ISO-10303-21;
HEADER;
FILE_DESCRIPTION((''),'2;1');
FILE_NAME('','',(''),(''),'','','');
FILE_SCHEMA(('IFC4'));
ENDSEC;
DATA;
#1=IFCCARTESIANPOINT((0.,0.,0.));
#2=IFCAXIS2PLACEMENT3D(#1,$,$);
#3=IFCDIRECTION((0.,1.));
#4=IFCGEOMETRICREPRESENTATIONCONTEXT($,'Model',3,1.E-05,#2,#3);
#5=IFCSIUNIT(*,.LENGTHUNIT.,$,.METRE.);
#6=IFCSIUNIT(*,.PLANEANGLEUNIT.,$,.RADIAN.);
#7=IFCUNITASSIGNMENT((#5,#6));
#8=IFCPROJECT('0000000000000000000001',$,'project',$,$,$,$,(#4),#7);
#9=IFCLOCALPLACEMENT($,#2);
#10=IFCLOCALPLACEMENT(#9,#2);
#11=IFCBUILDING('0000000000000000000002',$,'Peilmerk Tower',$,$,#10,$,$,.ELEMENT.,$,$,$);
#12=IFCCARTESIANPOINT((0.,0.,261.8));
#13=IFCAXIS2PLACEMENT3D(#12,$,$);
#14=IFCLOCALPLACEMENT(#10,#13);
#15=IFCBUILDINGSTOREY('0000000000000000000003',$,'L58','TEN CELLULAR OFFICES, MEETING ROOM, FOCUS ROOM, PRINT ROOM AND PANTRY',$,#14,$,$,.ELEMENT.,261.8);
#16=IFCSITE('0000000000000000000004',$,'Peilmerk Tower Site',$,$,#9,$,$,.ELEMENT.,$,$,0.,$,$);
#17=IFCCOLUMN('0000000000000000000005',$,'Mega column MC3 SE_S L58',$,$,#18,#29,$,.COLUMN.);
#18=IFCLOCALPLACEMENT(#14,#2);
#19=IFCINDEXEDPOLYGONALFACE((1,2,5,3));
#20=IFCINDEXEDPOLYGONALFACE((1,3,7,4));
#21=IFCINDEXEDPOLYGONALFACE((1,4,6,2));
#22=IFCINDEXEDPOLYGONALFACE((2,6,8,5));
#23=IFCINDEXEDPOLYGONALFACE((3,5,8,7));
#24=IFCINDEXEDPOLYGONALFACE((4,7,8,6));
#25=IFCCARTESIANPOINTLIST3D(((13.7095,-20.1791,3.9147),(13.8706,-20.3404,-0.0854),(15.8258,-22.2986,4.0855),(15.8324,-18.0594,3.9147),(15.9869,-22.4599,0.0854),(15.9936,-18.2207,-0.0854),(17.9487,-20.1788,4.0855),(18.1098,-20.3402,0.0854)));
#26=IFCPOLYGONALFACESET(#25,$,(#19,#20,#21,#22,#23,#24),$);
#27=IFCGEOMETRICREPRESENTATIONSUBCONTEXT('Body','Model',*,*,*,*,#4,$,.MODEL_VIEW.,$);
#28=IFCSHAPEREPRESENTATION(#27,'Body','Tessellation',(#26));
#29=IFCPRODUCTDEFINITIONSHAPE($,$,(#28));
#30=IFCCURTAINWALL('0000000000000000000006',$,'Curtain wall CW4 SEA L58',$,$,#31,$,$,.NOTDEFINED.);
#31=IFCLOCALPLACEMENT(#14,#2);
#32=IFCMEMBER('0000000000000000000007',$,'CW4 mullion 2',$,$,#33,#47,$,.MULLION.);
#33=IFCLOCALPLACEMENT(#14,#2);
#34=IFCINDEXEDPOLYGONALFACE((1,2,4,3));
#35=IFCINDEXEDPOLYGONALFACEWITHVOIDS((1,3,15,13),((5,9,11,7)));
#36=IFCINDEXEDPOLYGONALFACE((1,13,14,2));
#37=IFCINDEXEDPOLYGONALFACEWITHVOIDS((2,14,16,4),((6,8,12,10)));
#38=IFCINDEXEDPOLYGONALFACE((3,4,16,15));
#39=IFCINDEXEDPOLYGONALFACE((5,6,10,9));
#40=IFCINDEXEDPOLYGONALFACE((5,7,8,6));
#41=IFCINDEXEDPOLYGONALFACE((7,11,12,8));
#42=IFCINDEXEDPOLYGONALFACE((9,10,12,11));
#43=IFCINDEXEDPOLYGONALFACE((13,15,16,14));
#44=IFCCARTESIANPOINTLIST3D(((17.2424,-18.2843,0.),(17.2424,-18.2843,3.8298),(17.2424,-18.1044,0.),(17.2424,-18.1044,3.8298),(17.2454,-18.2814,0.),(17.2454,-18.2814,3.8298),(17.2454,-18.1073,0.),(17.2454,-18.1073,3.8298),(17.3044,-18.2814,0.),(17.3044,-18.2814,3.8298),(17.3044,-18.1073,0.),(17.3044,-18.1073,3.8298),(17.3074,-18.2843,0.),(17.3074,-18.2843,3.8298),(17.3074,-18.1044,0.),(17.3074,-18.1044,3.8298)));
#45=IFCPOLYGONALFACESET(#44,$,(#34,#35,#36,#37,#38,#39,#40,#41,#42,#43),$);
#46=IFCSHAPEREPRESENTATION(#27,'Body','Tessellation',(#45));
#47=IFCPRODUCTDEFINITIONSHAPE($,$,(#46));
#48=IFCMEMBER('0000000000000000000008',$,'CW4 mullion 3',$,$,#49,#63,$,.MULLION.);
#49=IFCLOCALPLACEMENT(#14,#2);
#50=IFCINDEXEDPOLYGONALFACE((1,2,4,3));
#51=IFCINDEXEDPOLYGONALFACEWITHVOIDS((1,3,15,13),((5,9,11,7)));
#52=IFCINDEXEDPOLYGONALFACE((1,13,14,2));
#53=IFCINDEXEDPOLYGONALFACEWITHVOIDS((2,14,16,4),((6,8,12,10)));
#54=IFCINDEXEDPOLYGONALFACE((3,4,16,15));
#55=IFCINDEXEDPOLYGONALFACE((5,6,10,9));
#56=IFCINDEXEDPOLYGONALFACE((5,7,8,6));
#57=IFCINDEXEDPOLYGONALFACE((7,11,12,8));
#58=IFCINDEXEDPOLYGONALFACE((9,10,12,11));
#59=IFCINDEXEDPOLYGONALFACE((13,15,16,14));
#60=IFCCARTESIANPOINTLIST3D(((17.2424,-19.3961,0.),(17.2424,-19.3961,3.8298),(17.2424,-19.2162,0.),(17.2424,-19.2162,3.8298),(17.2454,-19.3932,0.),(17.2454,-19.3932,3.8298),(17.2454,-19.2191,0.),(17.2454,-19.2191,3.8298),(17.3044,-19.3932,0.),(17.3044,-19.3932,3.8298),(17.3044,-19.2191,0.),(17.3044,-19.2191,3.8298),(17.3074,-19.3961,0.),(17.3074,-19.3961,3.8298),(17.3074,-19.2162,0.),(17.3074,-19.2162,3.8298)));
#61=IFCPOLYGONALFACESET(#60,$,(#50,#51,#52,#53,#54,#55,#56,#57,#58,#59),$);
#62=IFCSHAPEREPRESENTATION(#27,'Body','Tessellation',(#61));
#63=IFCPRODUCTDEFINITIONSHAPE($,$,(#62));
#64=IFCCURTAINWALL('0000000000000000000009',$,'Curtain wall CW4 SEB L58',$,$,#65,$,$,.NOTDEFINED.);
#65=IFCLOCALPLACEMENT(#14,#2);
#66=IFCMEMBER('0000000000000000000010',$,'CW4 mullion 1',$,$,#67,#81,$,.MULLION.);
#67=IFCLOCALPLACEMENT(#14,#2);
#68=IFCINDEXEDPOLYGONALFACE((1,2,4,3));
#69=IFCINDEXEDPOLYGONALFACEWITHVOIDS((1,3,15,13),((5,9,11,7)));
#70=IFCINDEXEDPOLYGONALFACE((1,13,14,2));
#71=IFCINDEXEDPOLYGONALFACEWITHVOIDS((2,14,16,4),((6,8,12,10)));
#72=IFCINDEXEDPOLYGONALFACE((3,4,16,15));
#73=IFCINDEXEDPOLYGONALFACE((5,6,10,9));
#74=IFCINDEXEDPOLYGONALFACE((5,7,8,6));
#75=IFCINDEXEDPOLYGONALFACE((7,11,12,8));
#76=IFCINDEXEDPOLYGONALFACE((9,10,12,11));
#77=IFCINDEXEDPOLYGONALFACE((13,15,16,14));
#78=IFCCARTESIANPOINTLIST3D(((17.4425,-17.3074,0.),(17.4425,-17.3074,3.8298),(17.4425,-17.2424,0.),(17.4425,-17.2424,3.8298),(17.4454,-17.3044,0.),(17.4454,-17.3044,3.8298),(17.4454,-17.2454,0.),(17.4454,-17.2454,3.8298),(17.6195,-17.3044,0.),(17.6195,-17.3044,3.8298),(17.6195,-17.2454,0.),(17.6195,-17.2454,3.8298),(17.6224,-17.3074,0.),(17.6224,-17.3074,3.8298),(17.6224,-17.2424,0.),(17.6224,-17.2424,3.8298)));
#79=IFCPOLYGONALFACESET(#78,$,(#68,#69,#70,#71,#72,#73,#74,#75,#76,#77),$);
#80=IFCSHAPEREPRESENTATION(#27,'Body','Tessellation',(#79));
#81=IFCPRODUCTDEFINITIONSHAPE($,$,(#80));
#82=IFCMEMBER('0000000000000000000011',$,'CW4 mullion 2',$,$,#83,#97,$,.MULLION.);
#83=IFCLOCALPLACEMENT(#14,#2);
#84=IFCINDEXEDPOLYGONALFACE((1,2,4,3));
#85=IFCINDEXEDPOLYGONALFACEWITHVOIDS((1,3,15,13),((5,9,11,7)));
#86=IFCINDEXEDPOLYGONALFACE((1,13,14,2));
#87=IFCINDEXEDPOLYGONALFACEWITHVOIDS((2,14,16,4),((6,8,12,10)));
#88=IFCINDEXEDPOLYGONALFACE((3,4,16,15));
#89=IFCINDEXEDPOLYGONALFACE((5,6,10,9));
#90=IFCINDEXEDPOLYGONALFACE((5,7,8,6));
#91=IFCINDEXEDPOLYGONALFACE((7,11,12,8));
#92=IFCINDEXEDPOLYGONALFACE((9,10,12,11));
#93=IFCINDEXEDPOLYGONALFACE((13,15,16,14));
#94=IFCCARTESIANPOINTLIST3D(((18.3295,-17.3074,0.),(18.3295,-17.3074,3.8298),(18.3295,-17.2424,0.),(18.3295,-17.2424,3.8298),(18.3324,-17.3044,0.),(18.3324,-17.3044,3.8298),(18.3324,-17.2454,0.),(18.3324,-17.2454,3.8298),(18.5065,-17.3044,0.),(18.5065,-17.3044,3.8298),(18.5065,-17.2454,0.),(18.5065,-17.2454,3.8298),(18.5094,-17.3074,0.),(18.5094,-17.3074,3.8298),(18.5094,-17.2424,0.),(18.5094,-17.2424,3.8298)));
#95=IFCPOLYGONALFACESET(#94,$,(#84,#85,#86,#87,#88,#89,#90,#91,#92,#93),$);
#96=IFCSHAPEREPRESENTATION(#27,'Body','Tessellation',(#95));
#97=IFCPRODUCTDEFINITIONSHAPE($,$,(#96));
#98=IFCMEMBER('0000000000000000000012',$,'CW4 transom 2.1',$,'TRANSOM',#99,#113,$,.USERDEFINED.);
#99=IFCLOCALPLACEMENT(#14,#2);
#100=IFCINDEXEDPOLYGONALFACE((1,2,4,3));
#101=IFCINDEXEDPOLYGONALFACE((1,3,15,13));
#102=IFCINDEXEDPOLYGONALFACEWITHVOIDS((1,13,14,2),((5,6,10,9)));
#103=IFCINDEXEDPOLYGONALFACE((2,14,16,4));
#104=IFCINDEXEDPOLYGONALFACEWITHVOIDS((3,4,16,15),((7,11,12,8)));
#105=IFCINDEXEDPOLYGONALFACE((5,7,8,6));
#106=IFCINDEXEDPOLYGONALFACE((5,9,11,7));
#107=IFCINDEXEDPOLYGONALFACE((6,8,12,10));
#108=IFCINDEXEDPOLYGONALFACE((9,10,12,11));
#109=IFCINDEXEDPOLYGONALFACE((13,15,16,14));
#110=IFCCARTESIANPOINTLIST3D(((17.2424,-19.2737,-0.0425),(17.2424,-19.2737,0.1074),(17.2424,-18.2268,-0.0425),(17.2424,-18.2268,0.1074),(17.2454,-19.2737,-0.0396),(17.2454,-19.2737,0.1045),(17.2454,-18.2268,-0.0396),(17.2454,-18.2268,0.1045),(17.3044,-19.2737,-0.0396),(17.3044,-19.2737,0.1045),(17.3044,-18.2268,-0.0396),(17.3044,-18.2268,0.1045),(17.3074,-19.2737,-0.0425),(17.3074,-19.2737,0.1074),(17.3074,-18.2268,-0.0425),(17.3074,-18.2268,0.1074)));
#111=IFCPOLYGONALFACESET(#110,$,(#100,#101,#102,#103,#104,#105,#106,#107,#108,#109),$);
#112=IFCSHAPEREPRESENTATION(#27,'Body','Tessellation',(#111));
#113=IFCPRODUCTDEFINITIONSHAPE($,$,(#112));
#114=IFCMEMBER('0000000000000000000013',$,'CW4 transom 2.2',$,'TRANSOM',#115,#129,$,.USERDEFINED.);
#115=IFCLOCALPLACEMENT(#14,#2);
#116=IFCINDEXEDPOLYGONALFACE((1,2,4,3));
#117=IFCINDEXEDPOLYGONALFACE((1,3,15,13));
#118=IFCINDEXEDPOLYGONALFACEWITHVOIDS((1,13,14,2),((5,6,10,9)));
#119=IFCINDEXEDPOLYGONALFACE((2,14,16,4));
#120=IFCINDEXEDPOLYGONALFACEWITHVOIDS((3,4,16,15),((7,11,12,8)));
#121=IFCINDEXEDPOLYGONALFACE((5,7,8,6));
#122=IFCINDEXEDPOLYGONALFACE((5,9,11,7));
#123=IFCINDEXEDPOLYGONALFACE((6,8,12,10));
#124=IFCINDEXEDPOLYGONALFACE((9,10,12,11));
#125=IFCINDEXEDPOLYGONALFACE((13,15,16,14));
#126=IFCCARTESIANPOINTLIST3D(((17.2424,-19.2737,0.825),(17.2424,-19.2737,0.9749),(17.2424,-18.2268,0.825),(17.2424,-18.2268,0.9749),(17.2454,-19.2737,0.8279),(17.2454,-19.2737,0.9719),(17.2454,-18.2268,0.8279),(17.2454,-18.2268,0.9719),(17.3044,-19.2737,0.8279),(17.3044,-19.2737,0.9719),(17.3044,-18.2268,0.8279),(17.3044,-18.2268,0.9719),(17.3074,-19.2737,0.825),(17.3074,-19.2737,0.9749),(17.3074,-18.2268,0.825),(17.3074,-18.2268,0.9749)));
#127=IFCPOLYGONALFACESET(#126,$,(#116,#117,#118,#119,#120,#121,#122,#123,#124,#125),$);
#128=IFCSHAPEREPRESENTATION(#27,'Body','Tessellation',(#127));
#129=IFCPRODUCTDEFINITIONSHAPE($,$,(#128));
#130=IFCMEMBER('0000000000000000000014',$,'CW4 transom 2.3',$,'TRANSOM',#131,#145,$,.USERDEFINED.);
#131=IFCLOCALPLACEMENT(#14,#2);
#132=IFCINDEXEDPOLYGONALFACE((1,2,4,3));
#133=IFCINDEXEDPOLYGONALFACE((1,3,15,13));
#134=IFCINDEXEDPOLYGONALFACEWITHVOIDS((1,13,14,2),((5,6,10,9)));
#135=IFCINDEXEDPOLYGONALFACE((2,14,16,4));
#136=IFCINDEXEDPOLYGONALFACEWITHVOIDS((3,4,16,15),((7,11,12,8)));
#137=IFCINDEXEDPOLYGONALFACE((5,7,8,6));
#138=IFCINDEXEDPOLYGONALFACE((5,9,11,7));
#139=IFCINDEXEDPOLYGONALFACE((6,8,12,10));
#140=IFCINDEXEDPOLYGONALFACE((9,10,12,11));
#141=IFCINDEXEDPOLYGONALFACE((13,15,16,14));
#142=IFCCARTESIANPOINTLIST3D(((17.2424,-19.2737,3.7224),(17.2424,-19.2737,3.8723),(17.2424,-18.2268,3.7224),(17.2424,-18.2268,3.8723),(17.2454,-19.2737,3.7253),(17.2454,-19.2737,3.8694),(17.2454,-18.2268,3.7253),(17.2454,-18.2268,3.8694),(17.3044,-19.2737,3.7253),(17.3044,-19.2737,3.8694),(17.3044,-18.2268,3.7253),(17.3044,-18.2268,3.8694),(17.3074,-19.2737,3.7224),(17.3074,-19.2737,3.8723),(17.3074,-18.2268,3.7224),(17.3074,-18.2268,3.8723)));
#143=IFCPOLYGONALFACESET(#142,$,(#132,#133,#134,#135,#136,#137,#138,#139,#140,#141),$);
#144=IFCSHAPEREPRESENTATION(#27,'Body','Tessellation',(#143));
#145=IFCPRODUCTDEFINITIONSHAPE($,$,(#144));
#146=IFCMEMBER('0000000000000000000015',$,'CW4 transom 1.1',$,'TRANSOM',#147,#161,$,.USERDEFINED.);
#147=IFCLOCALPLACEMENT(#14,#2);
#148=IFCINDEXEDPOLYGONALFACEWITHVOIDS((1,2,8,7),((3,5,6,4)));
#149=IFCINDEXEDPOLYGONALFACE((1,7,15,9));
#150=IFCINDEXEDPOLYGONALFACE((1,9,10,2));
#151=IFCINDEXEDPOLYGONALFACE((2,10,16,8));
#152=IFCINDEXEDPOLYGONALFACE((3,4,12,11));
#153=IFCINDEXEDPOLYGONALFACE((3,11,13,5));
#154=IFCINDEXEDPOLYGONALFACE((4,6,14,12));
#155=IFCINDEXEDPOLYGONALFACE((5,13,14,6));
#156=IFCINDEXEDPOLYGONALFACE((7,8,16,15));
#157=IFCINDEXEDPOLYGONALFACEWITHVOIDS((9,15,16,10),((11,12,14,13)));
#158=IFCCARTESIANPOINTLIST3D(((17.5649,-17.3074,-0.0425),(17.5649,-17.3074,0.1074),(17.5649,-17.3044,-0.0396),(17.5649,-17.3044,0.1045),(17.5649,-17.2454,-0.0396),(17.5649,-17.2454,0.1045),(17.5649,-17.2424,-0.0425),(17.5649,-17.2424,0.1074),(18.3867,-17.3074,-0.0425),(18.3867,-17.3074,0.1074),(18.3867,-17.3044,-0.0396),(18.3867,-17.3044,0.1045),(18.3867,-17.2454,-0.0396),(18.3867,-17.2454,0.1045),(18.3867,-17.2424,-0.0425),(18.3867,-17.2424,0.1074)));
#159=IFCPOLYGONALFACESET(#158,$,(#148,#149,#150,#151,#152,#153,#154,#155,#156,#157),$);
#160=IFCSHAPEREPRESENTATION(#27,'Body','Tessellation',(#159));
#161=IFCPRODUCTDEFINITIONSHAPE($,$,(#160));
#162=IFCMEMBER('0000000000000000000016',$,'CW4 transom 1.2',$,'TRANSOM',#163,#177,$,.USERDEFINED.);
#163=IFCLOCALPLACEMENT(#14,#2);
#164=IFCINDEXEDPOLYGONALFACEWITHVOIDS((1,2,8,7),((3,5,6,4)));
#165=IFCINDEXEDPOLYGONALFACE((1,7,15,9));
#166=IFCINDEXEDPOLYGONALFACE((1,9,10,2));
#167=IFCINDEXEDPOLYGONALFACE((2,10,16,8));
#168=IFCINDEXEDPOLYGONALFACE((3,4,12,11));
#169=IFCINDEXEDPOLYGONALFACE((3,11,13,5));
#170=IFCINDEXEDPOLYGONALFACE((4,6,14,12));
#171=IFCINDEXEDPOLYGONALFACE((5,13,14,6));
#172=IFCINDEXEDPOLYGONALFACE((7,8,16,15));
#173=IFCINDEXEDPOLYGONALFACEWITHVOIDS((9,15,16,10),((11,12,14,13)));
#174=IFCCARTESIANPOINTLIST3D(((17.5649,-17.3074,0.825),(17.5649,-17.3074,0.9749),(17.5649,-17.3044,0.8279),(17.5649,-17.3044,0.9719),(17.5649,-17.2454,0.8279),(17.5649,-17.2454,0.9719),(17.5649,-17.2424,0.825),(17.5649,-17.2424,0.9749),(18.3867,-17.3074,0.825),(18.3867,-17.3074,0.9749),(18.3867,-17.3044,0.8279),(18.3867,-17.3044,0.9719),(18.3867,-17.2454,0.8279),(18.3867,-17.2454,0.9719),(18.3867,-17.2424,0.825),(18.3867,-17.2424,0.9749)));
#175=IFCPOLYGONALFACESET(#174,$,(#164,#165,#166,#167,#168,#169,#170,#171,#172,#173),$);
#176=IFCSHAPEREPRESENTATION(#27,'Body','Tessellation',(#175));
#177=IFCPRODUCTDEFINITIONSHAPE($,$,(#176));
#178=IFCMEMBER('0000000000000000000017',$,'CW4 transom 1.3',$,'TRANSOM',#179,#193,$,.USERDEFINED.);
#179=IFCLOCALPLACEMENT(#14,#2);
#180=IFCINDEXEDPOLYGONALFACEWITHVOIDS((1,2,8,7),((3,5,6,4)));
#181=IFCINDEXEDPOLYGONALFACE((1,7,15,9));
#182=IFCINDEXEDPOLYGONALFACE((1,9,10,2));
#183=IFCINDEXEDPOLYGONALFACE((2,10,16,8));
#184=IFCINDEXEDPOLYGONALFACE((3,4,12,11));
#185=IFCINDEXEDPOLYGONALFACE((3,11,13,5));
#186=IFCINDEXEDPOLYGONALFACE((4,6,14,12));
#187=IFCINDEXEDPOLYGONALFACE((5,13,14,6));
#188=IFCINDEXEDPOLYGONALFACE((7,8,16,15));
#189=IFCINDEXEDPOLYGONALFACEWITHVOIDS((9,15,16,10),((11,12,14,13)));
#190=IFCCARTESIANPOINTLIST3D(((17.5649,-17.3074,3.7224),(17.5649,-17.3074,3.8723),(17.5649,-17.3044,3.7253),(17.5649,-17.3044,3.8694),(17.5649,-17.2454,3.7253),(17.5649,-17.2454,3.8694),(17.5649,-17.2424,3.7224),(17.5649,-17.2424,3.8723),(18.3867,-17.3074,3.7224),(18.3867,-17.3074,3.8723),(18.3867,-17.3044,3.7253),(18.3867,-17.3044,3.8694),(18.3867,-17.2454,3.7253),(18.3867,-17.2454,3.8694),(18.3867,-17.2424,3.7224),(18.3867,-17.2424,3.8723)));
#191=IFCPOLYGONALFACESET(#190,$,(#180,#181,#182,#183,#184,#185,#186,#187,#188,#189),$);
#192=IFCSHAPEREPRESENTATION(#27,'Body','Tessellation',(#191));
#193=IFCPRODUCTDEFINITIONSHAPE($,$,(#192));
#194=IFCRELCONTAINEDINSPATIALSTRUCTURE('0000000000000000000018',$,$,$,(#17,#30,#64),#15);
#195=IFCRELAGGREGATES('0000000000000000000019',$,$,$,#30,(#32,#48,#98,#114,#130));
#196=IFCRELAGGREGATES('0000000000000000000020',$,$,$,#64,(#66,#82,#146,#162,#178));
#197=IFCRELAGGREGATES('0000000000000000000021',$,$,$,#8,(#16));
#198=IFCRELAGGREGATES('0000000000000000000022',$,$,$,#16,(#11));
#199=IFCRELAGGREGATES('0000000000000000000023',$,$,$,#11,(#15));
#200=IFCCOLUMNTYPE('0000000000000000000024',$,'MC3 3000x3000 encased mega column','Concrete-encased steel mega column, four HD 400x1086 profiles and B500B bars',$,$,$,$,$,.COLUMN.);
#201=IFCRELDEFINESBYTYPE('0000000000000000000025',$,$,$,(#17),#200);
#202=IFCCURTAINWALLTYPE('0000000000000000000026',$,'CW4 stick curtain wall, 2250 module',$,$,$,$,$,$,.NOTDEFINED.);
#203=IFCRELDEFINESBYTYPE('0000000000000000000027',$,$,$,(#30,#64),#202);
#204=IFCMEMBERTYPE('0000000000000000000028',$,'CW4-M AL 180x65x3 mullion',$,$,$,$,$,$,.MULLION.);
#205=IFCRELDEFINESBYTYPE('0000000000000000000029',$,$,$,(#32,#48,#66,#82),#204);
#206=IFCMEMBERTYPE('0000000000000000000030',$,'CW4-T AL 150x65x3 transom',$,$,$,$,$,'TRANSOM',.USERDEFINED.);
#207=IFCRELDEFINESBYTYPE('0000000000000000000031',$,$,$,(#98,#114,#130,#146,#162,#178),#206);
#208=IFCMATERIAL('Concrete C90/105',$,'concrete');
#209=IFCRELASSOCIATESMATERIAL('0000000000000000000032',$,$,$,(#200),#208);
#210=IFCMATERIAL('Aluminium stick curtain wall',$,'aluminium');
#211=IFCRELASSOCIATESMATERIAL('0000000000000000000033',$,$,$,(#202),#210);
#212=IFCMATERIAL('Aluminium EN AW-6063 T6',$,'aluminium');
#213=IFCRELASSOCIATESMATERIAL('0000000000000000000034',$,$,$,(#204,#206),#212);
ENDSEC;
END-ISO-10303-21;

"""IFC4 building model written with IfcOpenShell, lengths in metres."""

from ifc_helpers import new_model, si_unit, direction, frame, origin, origin_2d, place, context, subcontext, project, spatial, rectangle, hollow_rectangle, extrude, material, material_profile, profile_set, type_object, element, aggregate, save


model = new_model("IFC4")

# Units and contexts
model_context = context("Model", 3, precision=1e-05, world=origin(), true_north=direction((0.0, 1.0)))
body_context = subcontext(model_context, "Body", "Model", "MODEL_VIEW")
ifc_project = project(units=[si_unit("LENGTHUNIT", "METRE"), si_unit("PLANEANGLEUNIT", "RADIAN")], contexts=[model_context])

# Site, building, storey
site_placement = place(None, origin())
site = spatial("IfcSite", under=ifc_project, at=site_placement, Name="Peilmerk Tower Site", CompositionType="ELEMENT", RefElevation=0.0)
building_placement = place(site_placement, origin())
building = spatial("IfcBuilding", under=site, at=building_placement, Name="Peilmerk Tower", CompositionType="ELEMENT")
storey_placement = place(building_placement, frame((0.0, 0.0, 261.8)))
storey = spatial("IfcBuildingStorey", under=building, at=storey_placement, Name="L58", Description="TEN CELLULAR OFFICES, MEETING ROOM, FOCUS ROOM, PRINT ROOM AND PANTRY", CompositionType="ELEMENT", Elevation=261.8)

# Column
ifc_material_1 = material(Name="Concrete C90/105", Category="concrete")
ifc_material_profile_1 = material_profile(ifc_material_1, rectangle(XDim=3.0, YDim=3.0, at=origin_2d()), Name="RC 3000x3000")
ifc_profile_set_1 = profile_set([ifc_material_profile_1], Name="Concrete C90/105")
column_type = type_object("IfcColumnType", Name="MC3 3000x3000 encased mega column", Description="Concrete-encased steel mega column, four HD 400x1086 profiles and B500B bars", PredefinedType="COLUMN", material=ifc_profile_set_1)
column_placement = place(storey_placement, frame((15.9902, -20.3403, 0.0), z_axis=(-0.040218, 0.040279, 0.998379), x_axis=(-0.707642, -0.706571, 0.0)))
element("IfcColumn", 1, at=column_placement, inside=storey, type_object=column_type, Name="Mega column MC3 SE_S L58", PredefinedType="COLUMN", context=body_context, shape_type="SweptSolid", body=[
    extrude(rectangle(XDim=3.0, YDim=3.0, at=origin_2d()), origin(), (0.0, 0.0, 1.0), 4.0066),
])

# Curtain walls, members
ifc_material_2 = material(Name="Aluminium stick curtain wall", Category="aluminium")
curtain_wall_type = type_object("IfcCurtainWallType", Name="CW4 stick curtain wall, 2250 module", PredefinedType="NOTDEFINED", material=ifc_material_2)
curtain_wall_1_placement = place(storey_placement, origin())
curtain_wall_1 = element("IfcCurtainWall", 2, at=curtain_wall_1_placement, inside=storey, type_object=curtain_wall_type, Name="Curtain wall CW4 SEA L58", PredefinedType="NOTDEFINED")
ifc_material_3 = material(Name="Aluminium EN AW-6063 T6", Category="aluminium")
ifc_material_profile_2 = material_profile(ifc_material_3, hollow_rectangle(XDim=0.0649, YDim=0.1799, WallThickness=0.0029, at=origin_2d()), Name="AL 180x65x3")
ifc_profile_set_2 = profile_set([ifc_material_profile_2], Name="Aluminium EN AW-6063 T6")
member_type_1 = type_object("IfcMemberType", Name="CW4-M AL 180x65x3 mullion", PredefinedType="MULLION", material=ifc_profile_set_2)
member_1_placement = place(storey_placement, frame((17.2749, -18.1943, 0.0), z_axis=(0.0, 0.0, 1.0), x_axis=(1.0, 0.0, 0.0)))
member_1 = element("IfcMember", 3, at=member_1_placement, type_object=member_type_1, Name="CW4 mullion 2", PredefinedType="MULLION", context=body_context, shape_type="SweptSolid", body=[
    extrude(hollow_rectangle(XDim=0.0649, YDim=0.1799, WallThickness=0.0029, at=origin_2d()), origin(), (0.0, 0.0, 1.0), 3.8298),
])
member_2_placement = place(storey_placement, frame((17.2749, -19.3062, 0.0), z_axis=(0.0, 0.0, 1.0), x_axis=(1.0, 0.0, 0.0)))
member_2 = element("IfcMember", 4, at=member_2_placement, type_object=member_type_1, Name="CW4 mullion 3", PredefinedType="MULLION", context=body_context, shape_type="SweptSolid", body=[
    extrude(hollow_rectangle(XDim=0.0649, YDim=0.1799, WallThickness=0.0029, at=origin_2d()), origin(), (0.0, 0.0, 1.0), 3.8298),
])
curtain_wall_2_placement = place(storey_placement, origin())
curtain_wall_2 = element("IfcCurtainWall", 5, at=curtain_wall_2_placement, inside=storey, type_object=curtain_wall_type, Name="Curtain wall CW4 SEB L58", PredefinedType="NOTDEFINED")
member_3_placement = place(storey_placement, frame((17.5325, -17.2749, 0.0), z_axis=(0.0, 0.0, 1.0), x_axis=(0.0, 1.0, 0.0)))
member_3 = element("IfcMember", 6, at=member_3_placement, type_object=member_type_1, Name="CW4 mullion 1", PredefinedType="MULLION", context=body_context, shape_type="SweptSolid", body=[
    extrude(hollow_rectangle(XDim=0.0649, YDim=0.1799, WallThickness=0.0029, at=origin_2d()), origin(), (0.0, 0.0, 1.0), 3.8298),
])
member_4_placement = place(storey_placement, frame((18.4194, -17.2749, 0.0), z_axis=(0.0, 0.0, 1.0), x_axis=(0.0, 1.0, 0.0)))
member_4 = element("IfcMember", 7, at=member_4_placement, type_object=member_type_1, Name="CW4 mullion 2", PredefinedType="MULLION", context=body_context, shape_type="SweptSolid", body=[
    extrude(hollow_rectangle(XDim=0.0649, YDim=0.1799, WallThickness=0.0029, at=origin_2d()), origin(), (0.0, 0.0, 1.0), 3.8298),
])

# Members
ifc_material_profile_3 = material_profile(ifc_material_3, hollow_rectangle(XDim=0.0649, YDim=0.1499, WallThickness=0.0029, at=origin_2d()), Name="AL 150x65x3")
ifc_profile_set_3 = profile_set([ifc_material_profile_3], Name="Aluminium EN AW-6063 T6")
member_type_2 = type_object("IfcMemberType", Name="CW4-T AL 150x65x3 transom", ElementType="TRANSOM", PredefinedType="USERDEFINED", material=ifc_profile_set_3)
member_5_placement = place(storey_placement, frame((17.2749, -18.2268, 0.0325), z_axis=(0.0, -1.0, 0.0), x_axis=(1.0, 0.0, 0.0)))
member_5 = element("IfcMember", 8, at=member_5_placement, type_object=member_type_2, Name="CW4 transom 2.1", ObjectType="TRANSOM", PredefinedType="USERDEFINED", context=body_context, shape_type="SweptSolid", body=[
    extrude(hollow_rectangle(XDim=0.0649, YDim=0.1499, WallThickness=0.0029, at=origin_2d()), origin(), (0.0, 0.0, 1.0), 1.0469),
])
member_6_placement = place(storey_placement, frame((17.2749, -18.2268, 0.8999), z_axis=(0.0, -1.0, 0.0), x_axis=(1.0, 0.0, 0.0)))
member_6 = element("IfcMember", 9, at=member_6_placement, type_object=member_type_2, Name="CW4 transom 2.2", ObjectType="TRANSOM", PredefinedType="USERDEFINED", context=body_context, shape_type="SweptSolid", body=[
    extrude(hollow_rectangle(XDim=0.0649, YDim=0.1499, WallThickness=0.0029, at=origin_2d()), origin(), (0.0, 0.0, 1.0), 1.0469),
])
member_7_placement = place(storey_placement, frame((17.2749, -18.2268, 3.7974), z_axis=(0.0, -1.0, 0.0), x_axis=(1.0, 0.0, 0.0)))
member_7 = element("IfcMember", 10, at=member_7_placement, type_object=member_type_2, Name="CW4 transom 2.3", ObjectType="TRANSOM", PredefinedType="USERDEFINED", context=body_context, shape_type="SweptSolid", body=[
    extrude(hollow_rectangle(XDim=0.0649, YDim=0.1499, WallThickness=0.0029, at=origin_2d()), origin(), (0.0, 0.0, 1.0), 1.0469),
])
member_8_placement = place(storey_placement, frame((17.5649, -17.2749, 0.0325), z_axis=(1.0, 0.0, 0.0), x_axis=(0.0, 1.0, 0.0)))
member_8 = element("IfcMember", 11, at=member_8_placement, type_object=member_type_2, Name="CW4 transom 1.1", ObjectType="TRANSOM", PredefinedType="USERDEFINED", context=body_context, shape_type="SweptSolid", body=[
    extrude(hollow_rectangle(XDim=0.0649, YDim=0.1499, WallThickness=0.0029, at=origin_2d()), origin(), (0.0, 0.0, 1.0), 0.8218),
])
member_9_placement = place(storey_placement, frame((17.5649, -17.2749, 0.8999), z_axis=(1.0, 0.0, 0.0), x_axis=(0.0, 1.0, 0.0)))
member_9 = element("IfcMember", 12, at=member_9_placement, type_object=member_type_2, Name="CW4 transom 1.2", ObjectType="TRANSOM", PredefinedType="USERDEFINED", context=body_context, shape_type="SweptSolid", body=[
    extrude(hollow_rectangle(XDim=0.0649, YDim=0.1499, WallThickness=0.0029, at=origin_2d()), origin(), (0.0, 0.0, 1.0), 0.8218),
])
member_10_placement = place(storey_placement, frame((17.5649, -17.2749, 3.7974), z_axis=(1.0, 0.0, 0.0), x_axis=(0.0, 1.0, 0.0)))
member_10 = element("IfcMember", 13, at=member_10_placement, type_object=member_type_2, Name="CW4 transom 1.3", ObjectType="TRANSOM", PredefinedType="USERDEFINED", context=body_context, shape_type="SweptSolid", body=[
    extrude(hollow_rectangle(XDim=0.0649, YDim=0.1499, WallThickness=0.0029, at=origin_2d()), origin(), (0.0, 0.0, 1.0), 0.8218),
])

aggregate(curtain_wall_1, [member_1, member_2, member_5, member_6, member_7])
aggregate(curtain_wall_2, [member_3, member_4, member_8, member_9, member_10])

save(model, "model.ifc")
